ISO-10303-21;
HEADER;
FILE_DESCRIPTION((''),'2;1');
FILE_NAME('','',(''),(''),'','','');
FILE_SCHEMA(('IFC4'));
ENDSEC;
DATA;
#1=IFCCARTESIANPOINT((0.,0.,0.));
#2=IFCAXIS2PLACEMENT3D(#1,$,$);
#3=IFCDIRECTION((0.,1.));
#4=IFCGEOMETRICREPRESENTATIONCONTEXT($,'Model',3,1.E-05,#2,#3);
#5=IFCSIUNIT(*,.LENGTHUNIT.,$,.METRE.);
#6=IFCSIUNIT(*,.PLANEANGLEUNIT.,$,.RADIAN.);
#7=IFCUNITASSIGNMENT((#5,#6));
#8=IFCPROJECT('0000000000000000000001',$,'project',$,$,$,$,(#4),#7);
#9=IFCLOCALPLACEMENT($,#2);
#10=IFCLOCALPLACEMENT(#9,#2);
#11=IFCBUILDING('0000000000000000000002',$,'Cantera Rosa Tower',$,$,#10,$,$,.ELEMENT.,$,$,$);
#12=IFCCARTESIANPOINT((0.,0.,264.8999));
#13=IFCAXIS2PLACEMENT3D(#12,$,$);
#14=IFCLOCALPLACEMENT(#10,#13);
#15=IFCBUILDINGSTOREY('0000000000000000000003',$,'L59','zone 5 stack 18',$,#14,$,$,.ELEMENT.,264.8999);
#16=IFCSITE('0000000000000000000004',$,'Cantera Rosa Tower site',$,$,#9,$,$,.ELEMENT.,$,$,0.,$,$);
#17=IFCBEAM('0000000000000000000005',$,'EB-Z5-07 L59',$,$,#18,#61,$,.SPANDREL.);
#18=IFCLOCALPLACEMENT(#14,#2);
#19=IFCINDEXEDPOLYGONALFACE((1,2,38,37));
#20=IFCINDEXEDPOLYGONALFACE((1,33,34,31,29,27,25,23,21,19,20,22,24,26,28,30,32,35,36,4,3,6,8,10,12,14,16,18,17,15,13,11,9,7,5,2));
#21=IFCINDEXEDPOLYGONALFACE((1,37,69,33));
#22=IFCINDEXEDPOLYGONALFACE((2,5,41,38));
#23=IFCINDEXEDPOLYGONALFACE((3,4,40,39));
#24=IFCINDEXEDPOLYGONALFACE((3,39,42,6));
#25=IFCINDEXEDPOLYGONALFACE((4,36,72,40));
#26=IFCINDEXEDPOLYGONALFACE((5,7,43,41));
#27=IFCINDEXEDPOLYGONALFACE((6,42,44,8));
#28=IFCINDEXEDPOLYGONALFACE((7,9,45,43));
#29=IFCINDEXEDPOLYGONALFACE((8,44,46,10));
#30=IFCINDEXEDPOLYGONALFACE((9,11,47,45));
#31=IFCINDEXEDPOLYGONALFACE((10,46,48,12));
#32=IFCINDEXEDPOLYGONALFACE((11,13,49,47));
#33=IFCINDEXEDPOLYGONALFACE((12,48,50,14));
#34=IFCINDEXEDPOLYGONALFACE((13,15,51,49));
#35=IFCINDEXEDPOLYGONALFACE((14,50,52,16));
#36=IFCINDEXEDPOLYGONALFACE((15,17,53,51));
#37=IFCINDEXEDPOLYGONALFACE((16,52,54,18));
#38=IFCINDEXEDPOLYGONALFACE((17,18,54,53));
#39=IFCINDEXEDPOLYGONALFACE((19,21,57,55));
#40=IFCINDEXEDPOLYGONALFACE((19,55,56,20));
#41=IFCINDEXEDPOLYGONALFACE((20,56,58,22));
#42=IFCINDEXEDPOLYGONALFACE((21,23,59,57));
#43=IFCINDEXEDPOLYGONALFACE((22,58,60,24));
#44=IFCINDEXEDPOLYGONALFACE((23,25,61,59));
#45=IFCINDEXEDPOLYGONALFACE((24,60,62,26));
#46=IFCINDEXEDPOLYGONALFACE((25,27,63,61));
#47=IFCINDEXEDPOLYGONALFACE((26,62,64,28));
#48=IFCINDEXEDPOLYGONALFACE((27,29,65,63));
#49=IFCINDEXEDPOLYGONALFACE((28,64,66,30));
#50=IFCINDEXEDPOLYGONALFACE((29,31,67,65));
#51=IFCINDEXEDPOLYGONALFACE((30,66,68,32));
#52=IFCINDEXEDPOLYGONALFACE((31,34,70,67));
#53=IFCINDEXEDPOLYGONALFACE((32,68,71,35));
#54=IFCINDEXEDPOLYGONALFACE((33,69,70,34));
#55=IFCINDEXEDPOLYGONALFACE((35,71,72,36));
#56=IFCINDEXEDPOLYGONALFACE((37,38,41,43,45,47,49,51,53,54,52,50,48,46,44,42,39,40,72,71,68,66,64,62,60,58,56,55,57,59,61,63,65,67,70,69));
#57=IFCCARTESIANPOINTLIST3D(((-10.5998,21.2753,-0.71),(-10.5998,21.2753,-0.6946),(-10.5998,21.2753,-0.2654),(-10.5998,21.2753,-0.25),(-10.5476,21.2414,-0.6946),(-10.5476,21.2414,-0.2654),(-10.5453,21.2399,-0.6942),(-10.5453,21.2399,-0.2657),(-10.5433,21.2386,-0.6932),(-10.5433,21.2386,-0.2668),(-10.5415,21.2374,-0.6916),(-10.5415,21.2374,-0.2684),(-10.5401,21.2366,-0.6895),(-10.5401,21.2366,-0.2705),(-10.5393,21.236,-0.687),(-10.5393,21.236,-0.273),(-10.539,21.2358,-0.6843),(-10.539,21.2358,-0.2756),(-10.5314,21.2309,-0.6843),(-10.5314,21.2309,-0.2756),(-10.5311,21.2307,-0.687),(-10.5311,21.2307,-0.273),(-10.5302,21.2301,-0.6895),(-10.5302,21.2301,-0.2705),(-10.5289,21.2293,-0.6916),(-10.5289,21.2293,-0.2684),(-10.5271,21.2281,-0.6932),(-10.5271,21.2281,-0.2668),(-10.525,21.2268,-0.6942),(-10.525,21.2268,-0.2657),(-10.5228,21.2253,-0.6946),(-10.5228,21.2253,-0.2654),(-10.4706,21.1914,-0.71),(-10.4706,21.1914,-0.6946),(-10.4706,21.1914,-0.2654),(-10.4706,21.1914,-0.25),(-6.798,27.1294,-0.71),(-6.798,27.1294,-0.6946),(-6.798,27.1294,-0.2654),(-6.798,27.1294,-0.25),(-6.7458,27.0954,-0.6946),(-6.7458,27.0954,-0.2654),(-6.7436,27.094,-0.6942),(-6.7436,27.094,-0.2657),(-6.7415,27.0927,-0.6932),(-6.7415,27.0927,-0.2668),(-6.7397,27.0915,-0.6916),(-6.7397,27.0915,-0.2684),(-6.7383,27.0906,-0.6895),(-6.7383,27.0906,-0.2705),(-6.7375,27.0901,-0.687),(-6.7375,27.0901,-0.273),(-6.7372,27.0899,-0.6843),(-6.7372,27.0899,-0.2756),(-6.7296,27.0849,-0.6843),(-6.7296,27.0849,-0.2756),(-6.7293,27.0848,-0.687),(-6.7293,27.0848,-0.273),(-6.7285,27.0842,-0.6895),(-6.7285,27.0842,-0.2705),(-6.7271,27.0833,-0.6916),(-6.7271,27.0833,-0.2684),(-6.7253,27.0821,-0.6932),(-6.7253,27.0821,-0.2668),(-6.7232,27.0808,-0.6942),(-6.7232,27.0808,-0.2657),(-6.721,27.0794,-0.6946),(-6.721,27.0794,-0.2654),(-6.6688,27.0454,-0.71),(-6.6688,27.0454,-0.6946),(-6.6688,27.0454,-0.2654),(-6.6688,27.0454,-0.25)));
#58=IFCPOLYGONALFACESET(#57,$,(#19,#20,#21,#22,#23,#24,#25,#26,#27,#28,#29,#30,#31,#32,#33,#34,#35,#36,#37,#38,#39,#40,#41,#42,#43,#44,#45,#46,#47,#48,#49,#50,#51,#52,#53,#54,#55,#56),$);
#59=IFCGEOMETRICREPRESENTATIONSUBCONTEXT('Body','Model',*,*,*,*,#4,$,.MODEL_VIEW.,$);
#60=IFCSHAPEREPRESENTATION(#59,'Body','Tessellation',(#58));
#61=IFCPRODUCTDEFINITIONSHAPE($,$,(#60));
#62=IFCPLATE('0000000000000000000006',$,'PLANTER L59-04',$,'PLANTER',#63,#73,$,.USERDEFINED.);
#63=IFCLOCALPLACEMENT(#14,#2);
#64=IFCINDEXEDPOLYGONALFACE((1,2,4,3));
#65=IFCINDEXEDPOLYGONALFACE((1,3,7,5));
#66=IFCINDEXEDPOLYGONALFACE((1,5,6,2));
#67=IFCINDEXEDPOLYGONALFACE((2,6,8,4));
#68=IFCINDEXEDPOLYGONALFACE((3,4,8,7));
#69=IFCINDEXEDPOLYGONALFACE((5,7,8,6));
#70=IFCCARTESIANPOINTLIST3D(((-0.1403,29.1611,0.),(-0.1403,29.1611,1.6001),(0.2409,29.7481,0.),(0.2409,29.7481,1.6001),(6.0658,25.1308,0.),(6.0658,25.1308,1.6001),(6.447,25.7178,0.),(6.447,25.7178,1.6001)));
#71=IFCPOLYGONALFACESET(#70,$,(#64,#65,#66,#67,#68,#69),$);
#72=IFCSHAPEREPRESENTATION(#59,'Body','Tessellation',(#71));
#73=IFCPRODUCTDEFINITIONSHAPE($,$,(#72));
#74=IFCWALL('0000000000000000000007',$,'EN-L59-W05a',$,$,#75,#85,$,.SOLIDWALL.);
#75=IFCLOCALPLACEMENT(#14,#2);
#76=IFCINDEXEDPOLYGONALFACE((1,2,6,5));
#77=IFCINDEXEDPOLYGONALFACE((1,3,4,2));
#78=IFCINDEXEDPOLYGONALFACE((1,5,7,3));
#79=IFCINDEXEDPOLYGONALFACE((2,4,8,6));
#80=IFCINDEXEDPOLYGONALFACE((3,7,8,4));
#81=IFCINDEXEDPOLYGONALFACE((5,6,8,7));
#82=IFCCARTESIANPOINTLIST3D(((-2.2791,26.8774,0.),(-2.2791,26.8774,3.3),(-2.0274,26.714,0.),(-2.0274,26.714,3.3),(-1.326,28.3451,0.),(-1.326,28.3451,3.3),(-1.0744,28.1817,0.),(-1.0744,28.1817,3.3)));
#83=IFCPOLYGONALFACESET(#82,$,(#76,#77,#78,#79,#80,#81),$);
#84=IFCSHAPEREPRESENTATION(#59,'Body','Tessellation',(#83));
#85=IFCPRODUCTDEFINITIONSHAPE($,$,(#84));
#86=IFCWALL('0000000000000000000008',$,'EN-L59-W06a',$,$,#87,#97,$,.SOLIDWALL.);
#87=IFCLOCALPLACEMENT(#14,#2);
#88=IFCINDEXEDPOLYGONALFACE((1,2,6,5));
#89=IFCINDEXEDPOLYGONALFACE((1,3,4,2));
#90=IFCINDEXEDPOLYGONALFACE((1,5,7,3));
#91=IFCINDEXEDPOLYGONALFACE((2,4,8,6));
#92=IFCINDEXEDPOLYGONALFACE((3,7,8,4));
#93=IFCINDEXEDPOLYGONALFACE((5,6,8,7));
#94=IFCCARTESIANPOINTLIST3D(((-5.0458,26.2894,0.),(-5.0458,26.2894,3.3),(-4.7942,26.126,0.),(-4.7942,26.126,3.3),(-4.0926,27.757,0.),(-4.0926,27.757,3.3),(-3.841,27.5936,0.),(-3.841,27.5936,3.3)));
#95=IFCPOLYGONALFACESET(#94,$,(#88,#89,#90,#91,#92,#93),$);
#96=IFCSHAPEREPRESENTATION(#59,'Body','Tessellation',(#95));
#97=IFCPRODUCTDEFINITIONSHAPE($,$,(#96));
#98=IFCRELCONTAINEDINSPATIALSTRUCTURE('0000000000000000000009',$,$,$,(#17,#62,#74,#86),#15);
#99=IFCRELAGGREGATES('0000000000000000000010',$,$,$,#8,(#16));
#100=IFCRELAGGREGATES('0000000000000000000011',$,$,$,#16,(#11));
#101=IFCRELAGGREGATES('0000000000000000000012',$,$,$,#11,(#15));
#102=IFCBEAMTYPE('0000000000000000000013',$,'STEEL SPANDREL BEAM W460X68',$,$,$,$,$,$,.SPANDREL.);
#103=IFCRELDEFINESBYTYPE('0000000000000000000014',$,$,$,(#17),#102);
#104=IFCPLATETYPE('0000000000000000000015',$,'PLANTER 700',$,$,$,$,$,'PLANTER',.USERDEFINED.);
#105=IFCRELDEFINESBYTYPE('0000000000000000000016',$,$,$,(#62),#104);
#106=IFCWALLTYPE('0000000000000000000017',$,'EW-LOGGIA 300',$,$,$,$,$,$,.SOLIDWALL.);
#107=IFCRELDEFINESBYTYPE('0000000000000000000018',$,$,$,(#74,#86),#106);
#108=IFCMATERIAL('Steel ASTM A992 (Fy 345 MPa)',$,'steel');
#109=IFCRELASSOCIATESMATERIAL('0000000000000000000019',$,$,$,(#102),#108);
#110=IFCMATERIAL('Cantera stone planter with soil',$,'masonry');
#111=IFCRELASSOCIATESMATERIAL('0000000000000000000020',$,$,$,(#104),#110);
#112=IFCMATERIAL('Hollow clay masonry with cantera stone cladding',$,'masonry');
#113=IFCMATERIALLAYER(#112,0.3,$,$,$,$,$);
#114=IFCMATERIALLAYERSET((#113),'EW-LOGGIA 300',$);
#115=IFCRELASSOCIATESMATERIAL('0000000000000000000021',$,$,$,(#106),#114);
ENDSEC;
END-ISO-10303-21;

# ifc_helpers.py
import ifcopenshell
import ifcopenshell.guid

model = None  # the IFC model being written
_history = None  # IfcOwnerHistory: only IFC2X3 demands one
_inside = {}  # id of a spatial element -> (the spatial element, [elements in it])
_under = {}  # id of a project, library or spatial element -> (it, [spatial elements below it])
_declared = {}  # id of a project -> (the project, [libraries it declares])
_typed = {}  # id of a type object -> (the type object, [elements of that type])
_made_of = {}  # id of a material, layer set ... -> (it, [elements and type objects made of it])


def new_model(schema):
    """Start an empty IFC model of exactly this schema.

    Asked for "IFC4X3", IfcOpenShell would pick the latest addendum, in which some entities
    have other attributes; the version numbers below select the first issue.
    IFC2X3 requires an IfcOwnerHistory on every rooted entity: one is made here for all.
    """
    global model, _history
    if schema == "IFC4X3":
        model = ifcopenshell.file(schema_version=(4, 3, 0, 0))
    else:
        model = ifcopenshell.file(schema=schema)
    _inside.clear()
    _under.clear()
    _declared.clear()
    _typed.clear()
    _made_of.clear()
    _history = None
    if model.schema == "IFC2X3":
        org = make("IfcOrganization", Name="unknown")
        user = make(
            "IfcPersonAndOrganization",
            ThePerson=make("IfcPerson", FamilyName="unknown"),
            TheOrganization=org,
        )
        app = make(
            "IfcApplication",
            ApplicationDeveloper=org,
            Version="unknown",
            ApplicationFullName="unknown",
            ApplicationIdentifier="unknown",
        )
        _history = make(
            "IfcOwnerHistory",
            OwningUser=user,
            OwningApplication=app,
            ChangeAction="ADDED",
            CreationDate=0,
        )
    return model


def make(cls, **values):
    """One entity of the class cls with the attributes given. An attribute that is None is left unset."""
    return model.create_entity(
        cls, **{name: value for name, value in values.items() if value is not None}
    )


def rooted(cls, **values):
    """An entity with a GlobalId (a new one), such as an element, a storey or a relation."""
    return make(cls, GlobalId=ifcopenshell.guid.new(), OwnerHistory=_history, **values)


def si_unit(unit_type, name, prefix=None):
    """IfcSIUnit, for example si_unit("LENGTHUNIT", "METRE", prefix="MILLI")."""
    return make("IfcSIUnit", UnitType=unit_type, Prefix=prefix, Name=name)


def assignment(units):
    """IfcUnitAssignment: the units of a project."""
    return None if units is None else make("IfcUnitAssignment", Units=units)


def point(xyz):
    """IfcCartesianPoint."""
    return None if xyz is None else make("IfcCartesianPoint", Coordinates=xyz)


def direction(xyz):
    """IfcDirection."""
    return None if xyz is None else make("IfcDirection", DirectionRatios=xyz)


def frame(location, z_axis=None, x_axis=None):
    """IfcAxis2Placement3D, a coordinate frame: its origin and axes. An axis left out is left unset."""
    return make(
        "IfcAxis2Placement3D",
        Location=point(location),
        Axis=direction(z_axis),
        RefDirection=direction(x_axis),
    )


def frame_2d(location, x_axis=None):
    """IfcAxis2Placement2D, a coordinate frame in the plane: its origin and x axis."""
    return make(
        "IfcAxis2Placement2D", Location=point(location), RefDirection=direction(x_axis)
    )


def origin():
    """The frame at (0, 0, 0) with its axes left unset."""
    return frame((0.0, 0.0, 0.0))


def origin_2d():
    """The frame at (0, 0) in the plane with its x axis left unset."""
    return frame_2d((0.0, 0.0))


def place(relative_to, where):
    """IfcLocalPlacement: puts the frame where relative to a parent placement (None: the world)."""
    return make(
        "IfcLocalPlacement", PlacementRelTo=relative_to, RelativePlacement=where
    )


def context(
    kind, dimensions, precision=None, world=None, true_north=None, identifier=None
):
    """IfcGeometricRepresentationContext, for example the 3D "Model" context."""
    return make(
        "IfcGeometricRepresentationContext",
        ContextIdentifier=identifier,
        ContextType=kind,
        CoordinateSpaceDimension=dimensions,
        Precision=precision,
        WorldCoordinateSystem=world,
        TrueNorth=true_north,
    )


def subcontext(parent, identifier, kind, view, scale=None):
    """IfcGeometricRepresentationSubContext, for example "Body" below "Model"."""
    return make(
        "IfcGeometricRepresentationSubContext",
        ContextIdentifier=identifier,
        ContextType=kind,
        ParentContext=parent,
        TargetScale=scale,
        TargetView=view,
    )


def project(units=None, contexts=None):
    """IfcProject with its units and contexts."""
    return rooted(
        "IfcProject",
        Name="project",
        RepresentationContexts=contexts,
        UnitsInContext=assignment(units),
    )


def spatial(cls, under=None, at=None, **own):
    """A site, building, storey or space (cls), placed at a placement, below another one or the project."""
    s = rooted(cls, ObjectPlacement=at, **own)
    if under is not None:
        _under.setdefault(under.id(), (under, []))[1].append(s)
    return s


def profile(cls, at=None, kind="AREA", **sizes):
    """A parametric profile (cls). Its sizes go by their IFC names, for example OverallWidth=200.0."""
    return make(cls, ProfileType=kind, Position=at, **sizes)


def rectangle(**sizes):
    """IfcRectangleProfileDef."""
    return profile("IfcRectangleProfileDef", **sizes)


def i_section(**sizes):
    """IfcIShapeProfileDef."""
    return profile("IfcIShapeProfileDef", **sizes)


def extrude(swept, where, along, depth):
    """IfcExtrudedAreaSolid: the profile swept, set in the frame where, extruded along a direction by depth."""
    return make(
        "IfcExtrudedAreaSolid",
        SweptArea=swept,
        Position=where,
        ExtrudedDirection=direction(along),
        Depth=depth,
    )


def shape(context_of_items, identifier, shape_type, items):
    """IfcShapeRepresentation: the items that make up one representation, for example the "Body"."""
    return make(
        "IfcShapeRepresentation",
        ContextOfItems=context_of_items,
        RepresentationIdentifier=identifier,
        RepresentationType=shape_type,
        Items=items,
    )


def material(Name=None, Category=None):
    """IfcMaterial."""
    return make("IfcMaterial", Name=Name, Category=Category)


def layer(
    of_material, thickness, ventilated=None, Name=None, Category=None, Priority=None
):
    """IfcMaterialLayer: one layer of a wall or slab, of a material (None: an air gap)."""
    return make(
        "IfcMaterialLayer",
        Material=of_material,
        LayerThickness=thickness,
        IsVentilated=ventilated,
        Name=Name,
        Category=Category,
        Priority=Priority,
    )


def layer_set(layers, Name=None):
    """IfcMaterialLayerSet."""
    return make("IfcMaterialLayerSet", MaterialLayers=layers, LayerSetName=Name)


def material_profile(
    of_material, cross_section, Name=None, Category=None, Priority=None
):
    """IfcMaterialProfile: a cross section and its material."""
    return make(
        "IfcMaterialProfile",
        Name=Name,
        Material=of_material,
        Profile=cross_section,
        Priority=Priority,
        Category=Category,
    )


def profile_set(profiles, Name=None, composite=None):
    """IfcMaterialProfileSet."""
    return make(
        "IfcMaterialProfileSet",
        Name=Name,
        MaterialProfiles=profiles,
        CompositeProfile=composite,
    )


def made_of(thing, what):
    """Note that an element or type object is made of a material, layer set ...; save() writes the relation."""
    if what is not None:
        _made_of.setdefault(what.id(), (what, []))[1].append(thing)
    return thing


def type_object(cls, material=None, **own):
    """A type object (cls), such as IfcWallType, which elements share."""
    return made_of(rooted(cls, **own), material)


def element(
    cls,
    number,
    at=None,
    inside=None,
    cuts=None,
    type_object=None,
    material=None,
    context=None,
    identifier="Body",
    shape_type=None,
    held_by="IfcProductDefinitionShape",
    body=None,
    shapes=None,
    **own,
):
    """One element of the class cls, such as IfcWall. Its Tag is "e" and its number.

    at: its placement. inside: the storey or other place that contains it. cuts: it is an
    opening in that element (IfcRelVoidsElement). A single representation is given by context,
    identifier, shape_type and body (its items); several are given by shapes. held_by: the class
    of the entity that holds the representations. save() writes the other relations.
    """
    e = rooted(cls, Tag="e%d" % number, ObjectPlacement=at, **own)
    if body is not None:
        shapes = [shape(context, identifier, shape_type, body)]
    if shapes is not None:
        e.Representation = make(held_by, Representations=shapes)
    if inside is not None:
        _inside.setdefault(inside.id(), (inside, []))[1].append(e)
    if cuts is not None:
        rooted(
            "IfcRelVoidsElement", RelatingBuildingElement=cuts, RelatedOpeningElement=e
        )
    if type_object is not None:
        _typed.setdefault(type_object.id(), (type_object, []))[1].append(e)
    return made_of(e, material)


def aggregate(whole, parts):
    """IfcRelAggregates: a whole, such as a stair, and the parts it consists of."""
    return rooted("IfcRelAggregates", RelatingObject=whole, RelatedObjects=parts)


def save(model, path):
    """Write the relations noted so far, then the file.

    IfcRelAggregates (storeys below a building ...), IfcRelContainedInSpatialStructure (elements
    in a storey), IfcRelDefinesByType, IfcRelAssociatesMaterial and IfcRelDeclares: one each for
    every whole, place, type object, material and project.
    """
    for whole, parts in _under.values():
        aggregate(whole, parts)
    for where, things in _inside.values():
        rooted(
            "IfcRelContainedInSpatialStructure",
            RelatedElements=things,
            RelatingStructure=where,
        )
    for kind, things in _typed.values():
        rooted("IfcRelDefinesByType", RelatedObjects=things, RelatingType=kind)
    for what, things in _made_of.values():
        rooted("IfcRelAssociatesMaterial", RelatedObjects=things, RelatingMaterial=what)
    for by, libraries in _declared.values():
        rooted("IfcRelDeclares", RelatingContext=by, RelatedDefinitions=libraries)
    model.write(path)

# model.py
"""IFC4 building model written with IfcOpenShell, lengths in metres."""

from ifc_helpers import new_model, si_unit, direction, frame, frame_2d, origin, origin_2d, place, context, subcontext, project, spatial, rectangle, i_section, extrude, material, layer, layer_set, material_profile, profile_set, type_object, element, save


model = new_model("IFC4")

# Units and contexts
model_context = context("Model", 3, precision=1e-05, world=origin(), true_north=direction((0.0, 1.0)))
body_context = subcontext(model_context, "Body", "Model", "MODEL_VIEW")
ifc_project = project(units=[si_unit("LENGTHUNIT", "METRE"), si_unit("PLANEANGLEUNIT", "RADIAN")], contexts=[model_context])

# Site, building, storey
site_placement = place(None, origin())
site = spatial("IfcSite", under=ifc_project, at=site_placement, Name="Cantera Rosa Tower site", CompositionType="ELEMENT", RefElevation=0.0)
building_placement = place(site_placement, origin())
building = spatial("IfcBuilding", under=site, at=building_placement, Name="Cantera Rosa Tower", CompositionType="ELEMENT")
storey_placement = place(building_placement, frame((0.0, 0.0, 264.8999)))
storey = spatial("IfcBuildingStorey", under=building, at=storey_placement, Name="L59", Description="zone 5 stack 18", CompositionType="ELEMENT", Elevation=264.8999)

# Beam
ifc_material_1 = material(Name="Steel ASTM A992 (Fy 345 MPa)", Category="steel")
ifc_material_profile_1 = material_profile(ifc_material_1, i_section(OverallWidth=0.1541, OverallDepth=0.46, WebThickness=0.009, FlangeThickness=0.0154, FilletRadius=0.0103, at=origin_2d()), Name="W460X68")
ifc_profile_set_1 = profile_set([ifc_material_profile_1], Name="Steel ASTM A992 (Fy 345 MPa)")
beam_type_1 = type_object("IfcBeamType", Name="STEEL SPANDREL BEAM W460X68", PredefinedType="SPANDREL", material=ifc_profile_set_1)
beam_1_placement = place(storey_placement, frame((-6.7334, 27.0874, -0.48), z_axis=(-0.544651, -0.838663, 0.0), x_axis=(0.838663, -0.544651, 0.0)))
element("IfcBeam", 1, at=beam_1_placement, inside=storey, type_object=beam_type_1, Name="EB-Z5-07 L59", PredefinedType="SPANDREL", context=body_context, shape_type="SweptSolid", body=[
    extrude(i_section(OverallWidth=0.1541, OverallDepth=0.46, WebThickness=0.009, FlangeThickness=0.0154, FilletRadius=0.0103, at=origin_2d()), origin(), (0.0, 0.0, 1.0), 6.9802),
])

# Plate
ifc_material_2 = material(Name="Cantera stone planter with soil", Category="masonry")
plate_type = type_object("IfcPlateType", Name="PLANTER 700", ElementType="PLANTER", PredefinedType="USERDEFINED", material=ifc_material_2)
plate_placement = place(storey_placement, frame((3.1533, 27.4395, 0.0), z_axis=(0.0, 0.0, 1.0), x_axis=(-0.838671, 0.544639, 0.0)))
element("IfcPlate", 2, at=plate_placement, inside=storey, type_object=plate_type, Name="PLANTER L59-04", ObjectType="PLANTER", PredefinedType="USERDEFINED", context=body_context, shape_type="SweptSolid", body=[
    extrude(rectangle(XDim=7.3999, YDim=0.7, at=origin_2d()), origin(), (0.0, 0.0, 1.0), 1.6001),
])

# Walls
ifc_material_3 = material(Name="Hollow clay masonry with cantera stone cladding", Category="masonry")
ifc_layer_1 = layer(ifc_material_3, 0.3)
ifc_layer_set_1 = layer_set([ifc_layer_1], Name="EW-LOGGIA 300")
wall_type_1 = type_object("IfcWallType", Name="EW-LOGGIA 300", PredefinedType="SOLIDWALL", material=ifc_layer_set_1)
for number, where, z_axis, x_axis, name in (
    (3, (-1.2002, 28.2634, 0.0), (0.0, 0.0, 1.0), (-0.544616, -0.838686, 0.0), "EN-L59-W05a"),
    (4, (-3.9668, 27.6753, 0.0), (0.0, 0.0, 1.0), (-0.544679, -0.838644, 0.0), "EN-L59-W06a"),
):
    element("IfcWall", number, at=place(storey_placement, frame(where, z_axis=z_axis, x_axis=x_axis)), inside=storey, type_object=wall_type_1, Name=name, PredefinedType="SOLIDWALL", context=body_context, shape_type="SweptSolid", body=[
        extrude(rectangle(XDim=1.75, YDim=0.3, at=frame_2d((0.875, 0.0))), origin(), (0.0, 0.0, 1.0), 3.3),
    ])

save(model, "model.ifc")
